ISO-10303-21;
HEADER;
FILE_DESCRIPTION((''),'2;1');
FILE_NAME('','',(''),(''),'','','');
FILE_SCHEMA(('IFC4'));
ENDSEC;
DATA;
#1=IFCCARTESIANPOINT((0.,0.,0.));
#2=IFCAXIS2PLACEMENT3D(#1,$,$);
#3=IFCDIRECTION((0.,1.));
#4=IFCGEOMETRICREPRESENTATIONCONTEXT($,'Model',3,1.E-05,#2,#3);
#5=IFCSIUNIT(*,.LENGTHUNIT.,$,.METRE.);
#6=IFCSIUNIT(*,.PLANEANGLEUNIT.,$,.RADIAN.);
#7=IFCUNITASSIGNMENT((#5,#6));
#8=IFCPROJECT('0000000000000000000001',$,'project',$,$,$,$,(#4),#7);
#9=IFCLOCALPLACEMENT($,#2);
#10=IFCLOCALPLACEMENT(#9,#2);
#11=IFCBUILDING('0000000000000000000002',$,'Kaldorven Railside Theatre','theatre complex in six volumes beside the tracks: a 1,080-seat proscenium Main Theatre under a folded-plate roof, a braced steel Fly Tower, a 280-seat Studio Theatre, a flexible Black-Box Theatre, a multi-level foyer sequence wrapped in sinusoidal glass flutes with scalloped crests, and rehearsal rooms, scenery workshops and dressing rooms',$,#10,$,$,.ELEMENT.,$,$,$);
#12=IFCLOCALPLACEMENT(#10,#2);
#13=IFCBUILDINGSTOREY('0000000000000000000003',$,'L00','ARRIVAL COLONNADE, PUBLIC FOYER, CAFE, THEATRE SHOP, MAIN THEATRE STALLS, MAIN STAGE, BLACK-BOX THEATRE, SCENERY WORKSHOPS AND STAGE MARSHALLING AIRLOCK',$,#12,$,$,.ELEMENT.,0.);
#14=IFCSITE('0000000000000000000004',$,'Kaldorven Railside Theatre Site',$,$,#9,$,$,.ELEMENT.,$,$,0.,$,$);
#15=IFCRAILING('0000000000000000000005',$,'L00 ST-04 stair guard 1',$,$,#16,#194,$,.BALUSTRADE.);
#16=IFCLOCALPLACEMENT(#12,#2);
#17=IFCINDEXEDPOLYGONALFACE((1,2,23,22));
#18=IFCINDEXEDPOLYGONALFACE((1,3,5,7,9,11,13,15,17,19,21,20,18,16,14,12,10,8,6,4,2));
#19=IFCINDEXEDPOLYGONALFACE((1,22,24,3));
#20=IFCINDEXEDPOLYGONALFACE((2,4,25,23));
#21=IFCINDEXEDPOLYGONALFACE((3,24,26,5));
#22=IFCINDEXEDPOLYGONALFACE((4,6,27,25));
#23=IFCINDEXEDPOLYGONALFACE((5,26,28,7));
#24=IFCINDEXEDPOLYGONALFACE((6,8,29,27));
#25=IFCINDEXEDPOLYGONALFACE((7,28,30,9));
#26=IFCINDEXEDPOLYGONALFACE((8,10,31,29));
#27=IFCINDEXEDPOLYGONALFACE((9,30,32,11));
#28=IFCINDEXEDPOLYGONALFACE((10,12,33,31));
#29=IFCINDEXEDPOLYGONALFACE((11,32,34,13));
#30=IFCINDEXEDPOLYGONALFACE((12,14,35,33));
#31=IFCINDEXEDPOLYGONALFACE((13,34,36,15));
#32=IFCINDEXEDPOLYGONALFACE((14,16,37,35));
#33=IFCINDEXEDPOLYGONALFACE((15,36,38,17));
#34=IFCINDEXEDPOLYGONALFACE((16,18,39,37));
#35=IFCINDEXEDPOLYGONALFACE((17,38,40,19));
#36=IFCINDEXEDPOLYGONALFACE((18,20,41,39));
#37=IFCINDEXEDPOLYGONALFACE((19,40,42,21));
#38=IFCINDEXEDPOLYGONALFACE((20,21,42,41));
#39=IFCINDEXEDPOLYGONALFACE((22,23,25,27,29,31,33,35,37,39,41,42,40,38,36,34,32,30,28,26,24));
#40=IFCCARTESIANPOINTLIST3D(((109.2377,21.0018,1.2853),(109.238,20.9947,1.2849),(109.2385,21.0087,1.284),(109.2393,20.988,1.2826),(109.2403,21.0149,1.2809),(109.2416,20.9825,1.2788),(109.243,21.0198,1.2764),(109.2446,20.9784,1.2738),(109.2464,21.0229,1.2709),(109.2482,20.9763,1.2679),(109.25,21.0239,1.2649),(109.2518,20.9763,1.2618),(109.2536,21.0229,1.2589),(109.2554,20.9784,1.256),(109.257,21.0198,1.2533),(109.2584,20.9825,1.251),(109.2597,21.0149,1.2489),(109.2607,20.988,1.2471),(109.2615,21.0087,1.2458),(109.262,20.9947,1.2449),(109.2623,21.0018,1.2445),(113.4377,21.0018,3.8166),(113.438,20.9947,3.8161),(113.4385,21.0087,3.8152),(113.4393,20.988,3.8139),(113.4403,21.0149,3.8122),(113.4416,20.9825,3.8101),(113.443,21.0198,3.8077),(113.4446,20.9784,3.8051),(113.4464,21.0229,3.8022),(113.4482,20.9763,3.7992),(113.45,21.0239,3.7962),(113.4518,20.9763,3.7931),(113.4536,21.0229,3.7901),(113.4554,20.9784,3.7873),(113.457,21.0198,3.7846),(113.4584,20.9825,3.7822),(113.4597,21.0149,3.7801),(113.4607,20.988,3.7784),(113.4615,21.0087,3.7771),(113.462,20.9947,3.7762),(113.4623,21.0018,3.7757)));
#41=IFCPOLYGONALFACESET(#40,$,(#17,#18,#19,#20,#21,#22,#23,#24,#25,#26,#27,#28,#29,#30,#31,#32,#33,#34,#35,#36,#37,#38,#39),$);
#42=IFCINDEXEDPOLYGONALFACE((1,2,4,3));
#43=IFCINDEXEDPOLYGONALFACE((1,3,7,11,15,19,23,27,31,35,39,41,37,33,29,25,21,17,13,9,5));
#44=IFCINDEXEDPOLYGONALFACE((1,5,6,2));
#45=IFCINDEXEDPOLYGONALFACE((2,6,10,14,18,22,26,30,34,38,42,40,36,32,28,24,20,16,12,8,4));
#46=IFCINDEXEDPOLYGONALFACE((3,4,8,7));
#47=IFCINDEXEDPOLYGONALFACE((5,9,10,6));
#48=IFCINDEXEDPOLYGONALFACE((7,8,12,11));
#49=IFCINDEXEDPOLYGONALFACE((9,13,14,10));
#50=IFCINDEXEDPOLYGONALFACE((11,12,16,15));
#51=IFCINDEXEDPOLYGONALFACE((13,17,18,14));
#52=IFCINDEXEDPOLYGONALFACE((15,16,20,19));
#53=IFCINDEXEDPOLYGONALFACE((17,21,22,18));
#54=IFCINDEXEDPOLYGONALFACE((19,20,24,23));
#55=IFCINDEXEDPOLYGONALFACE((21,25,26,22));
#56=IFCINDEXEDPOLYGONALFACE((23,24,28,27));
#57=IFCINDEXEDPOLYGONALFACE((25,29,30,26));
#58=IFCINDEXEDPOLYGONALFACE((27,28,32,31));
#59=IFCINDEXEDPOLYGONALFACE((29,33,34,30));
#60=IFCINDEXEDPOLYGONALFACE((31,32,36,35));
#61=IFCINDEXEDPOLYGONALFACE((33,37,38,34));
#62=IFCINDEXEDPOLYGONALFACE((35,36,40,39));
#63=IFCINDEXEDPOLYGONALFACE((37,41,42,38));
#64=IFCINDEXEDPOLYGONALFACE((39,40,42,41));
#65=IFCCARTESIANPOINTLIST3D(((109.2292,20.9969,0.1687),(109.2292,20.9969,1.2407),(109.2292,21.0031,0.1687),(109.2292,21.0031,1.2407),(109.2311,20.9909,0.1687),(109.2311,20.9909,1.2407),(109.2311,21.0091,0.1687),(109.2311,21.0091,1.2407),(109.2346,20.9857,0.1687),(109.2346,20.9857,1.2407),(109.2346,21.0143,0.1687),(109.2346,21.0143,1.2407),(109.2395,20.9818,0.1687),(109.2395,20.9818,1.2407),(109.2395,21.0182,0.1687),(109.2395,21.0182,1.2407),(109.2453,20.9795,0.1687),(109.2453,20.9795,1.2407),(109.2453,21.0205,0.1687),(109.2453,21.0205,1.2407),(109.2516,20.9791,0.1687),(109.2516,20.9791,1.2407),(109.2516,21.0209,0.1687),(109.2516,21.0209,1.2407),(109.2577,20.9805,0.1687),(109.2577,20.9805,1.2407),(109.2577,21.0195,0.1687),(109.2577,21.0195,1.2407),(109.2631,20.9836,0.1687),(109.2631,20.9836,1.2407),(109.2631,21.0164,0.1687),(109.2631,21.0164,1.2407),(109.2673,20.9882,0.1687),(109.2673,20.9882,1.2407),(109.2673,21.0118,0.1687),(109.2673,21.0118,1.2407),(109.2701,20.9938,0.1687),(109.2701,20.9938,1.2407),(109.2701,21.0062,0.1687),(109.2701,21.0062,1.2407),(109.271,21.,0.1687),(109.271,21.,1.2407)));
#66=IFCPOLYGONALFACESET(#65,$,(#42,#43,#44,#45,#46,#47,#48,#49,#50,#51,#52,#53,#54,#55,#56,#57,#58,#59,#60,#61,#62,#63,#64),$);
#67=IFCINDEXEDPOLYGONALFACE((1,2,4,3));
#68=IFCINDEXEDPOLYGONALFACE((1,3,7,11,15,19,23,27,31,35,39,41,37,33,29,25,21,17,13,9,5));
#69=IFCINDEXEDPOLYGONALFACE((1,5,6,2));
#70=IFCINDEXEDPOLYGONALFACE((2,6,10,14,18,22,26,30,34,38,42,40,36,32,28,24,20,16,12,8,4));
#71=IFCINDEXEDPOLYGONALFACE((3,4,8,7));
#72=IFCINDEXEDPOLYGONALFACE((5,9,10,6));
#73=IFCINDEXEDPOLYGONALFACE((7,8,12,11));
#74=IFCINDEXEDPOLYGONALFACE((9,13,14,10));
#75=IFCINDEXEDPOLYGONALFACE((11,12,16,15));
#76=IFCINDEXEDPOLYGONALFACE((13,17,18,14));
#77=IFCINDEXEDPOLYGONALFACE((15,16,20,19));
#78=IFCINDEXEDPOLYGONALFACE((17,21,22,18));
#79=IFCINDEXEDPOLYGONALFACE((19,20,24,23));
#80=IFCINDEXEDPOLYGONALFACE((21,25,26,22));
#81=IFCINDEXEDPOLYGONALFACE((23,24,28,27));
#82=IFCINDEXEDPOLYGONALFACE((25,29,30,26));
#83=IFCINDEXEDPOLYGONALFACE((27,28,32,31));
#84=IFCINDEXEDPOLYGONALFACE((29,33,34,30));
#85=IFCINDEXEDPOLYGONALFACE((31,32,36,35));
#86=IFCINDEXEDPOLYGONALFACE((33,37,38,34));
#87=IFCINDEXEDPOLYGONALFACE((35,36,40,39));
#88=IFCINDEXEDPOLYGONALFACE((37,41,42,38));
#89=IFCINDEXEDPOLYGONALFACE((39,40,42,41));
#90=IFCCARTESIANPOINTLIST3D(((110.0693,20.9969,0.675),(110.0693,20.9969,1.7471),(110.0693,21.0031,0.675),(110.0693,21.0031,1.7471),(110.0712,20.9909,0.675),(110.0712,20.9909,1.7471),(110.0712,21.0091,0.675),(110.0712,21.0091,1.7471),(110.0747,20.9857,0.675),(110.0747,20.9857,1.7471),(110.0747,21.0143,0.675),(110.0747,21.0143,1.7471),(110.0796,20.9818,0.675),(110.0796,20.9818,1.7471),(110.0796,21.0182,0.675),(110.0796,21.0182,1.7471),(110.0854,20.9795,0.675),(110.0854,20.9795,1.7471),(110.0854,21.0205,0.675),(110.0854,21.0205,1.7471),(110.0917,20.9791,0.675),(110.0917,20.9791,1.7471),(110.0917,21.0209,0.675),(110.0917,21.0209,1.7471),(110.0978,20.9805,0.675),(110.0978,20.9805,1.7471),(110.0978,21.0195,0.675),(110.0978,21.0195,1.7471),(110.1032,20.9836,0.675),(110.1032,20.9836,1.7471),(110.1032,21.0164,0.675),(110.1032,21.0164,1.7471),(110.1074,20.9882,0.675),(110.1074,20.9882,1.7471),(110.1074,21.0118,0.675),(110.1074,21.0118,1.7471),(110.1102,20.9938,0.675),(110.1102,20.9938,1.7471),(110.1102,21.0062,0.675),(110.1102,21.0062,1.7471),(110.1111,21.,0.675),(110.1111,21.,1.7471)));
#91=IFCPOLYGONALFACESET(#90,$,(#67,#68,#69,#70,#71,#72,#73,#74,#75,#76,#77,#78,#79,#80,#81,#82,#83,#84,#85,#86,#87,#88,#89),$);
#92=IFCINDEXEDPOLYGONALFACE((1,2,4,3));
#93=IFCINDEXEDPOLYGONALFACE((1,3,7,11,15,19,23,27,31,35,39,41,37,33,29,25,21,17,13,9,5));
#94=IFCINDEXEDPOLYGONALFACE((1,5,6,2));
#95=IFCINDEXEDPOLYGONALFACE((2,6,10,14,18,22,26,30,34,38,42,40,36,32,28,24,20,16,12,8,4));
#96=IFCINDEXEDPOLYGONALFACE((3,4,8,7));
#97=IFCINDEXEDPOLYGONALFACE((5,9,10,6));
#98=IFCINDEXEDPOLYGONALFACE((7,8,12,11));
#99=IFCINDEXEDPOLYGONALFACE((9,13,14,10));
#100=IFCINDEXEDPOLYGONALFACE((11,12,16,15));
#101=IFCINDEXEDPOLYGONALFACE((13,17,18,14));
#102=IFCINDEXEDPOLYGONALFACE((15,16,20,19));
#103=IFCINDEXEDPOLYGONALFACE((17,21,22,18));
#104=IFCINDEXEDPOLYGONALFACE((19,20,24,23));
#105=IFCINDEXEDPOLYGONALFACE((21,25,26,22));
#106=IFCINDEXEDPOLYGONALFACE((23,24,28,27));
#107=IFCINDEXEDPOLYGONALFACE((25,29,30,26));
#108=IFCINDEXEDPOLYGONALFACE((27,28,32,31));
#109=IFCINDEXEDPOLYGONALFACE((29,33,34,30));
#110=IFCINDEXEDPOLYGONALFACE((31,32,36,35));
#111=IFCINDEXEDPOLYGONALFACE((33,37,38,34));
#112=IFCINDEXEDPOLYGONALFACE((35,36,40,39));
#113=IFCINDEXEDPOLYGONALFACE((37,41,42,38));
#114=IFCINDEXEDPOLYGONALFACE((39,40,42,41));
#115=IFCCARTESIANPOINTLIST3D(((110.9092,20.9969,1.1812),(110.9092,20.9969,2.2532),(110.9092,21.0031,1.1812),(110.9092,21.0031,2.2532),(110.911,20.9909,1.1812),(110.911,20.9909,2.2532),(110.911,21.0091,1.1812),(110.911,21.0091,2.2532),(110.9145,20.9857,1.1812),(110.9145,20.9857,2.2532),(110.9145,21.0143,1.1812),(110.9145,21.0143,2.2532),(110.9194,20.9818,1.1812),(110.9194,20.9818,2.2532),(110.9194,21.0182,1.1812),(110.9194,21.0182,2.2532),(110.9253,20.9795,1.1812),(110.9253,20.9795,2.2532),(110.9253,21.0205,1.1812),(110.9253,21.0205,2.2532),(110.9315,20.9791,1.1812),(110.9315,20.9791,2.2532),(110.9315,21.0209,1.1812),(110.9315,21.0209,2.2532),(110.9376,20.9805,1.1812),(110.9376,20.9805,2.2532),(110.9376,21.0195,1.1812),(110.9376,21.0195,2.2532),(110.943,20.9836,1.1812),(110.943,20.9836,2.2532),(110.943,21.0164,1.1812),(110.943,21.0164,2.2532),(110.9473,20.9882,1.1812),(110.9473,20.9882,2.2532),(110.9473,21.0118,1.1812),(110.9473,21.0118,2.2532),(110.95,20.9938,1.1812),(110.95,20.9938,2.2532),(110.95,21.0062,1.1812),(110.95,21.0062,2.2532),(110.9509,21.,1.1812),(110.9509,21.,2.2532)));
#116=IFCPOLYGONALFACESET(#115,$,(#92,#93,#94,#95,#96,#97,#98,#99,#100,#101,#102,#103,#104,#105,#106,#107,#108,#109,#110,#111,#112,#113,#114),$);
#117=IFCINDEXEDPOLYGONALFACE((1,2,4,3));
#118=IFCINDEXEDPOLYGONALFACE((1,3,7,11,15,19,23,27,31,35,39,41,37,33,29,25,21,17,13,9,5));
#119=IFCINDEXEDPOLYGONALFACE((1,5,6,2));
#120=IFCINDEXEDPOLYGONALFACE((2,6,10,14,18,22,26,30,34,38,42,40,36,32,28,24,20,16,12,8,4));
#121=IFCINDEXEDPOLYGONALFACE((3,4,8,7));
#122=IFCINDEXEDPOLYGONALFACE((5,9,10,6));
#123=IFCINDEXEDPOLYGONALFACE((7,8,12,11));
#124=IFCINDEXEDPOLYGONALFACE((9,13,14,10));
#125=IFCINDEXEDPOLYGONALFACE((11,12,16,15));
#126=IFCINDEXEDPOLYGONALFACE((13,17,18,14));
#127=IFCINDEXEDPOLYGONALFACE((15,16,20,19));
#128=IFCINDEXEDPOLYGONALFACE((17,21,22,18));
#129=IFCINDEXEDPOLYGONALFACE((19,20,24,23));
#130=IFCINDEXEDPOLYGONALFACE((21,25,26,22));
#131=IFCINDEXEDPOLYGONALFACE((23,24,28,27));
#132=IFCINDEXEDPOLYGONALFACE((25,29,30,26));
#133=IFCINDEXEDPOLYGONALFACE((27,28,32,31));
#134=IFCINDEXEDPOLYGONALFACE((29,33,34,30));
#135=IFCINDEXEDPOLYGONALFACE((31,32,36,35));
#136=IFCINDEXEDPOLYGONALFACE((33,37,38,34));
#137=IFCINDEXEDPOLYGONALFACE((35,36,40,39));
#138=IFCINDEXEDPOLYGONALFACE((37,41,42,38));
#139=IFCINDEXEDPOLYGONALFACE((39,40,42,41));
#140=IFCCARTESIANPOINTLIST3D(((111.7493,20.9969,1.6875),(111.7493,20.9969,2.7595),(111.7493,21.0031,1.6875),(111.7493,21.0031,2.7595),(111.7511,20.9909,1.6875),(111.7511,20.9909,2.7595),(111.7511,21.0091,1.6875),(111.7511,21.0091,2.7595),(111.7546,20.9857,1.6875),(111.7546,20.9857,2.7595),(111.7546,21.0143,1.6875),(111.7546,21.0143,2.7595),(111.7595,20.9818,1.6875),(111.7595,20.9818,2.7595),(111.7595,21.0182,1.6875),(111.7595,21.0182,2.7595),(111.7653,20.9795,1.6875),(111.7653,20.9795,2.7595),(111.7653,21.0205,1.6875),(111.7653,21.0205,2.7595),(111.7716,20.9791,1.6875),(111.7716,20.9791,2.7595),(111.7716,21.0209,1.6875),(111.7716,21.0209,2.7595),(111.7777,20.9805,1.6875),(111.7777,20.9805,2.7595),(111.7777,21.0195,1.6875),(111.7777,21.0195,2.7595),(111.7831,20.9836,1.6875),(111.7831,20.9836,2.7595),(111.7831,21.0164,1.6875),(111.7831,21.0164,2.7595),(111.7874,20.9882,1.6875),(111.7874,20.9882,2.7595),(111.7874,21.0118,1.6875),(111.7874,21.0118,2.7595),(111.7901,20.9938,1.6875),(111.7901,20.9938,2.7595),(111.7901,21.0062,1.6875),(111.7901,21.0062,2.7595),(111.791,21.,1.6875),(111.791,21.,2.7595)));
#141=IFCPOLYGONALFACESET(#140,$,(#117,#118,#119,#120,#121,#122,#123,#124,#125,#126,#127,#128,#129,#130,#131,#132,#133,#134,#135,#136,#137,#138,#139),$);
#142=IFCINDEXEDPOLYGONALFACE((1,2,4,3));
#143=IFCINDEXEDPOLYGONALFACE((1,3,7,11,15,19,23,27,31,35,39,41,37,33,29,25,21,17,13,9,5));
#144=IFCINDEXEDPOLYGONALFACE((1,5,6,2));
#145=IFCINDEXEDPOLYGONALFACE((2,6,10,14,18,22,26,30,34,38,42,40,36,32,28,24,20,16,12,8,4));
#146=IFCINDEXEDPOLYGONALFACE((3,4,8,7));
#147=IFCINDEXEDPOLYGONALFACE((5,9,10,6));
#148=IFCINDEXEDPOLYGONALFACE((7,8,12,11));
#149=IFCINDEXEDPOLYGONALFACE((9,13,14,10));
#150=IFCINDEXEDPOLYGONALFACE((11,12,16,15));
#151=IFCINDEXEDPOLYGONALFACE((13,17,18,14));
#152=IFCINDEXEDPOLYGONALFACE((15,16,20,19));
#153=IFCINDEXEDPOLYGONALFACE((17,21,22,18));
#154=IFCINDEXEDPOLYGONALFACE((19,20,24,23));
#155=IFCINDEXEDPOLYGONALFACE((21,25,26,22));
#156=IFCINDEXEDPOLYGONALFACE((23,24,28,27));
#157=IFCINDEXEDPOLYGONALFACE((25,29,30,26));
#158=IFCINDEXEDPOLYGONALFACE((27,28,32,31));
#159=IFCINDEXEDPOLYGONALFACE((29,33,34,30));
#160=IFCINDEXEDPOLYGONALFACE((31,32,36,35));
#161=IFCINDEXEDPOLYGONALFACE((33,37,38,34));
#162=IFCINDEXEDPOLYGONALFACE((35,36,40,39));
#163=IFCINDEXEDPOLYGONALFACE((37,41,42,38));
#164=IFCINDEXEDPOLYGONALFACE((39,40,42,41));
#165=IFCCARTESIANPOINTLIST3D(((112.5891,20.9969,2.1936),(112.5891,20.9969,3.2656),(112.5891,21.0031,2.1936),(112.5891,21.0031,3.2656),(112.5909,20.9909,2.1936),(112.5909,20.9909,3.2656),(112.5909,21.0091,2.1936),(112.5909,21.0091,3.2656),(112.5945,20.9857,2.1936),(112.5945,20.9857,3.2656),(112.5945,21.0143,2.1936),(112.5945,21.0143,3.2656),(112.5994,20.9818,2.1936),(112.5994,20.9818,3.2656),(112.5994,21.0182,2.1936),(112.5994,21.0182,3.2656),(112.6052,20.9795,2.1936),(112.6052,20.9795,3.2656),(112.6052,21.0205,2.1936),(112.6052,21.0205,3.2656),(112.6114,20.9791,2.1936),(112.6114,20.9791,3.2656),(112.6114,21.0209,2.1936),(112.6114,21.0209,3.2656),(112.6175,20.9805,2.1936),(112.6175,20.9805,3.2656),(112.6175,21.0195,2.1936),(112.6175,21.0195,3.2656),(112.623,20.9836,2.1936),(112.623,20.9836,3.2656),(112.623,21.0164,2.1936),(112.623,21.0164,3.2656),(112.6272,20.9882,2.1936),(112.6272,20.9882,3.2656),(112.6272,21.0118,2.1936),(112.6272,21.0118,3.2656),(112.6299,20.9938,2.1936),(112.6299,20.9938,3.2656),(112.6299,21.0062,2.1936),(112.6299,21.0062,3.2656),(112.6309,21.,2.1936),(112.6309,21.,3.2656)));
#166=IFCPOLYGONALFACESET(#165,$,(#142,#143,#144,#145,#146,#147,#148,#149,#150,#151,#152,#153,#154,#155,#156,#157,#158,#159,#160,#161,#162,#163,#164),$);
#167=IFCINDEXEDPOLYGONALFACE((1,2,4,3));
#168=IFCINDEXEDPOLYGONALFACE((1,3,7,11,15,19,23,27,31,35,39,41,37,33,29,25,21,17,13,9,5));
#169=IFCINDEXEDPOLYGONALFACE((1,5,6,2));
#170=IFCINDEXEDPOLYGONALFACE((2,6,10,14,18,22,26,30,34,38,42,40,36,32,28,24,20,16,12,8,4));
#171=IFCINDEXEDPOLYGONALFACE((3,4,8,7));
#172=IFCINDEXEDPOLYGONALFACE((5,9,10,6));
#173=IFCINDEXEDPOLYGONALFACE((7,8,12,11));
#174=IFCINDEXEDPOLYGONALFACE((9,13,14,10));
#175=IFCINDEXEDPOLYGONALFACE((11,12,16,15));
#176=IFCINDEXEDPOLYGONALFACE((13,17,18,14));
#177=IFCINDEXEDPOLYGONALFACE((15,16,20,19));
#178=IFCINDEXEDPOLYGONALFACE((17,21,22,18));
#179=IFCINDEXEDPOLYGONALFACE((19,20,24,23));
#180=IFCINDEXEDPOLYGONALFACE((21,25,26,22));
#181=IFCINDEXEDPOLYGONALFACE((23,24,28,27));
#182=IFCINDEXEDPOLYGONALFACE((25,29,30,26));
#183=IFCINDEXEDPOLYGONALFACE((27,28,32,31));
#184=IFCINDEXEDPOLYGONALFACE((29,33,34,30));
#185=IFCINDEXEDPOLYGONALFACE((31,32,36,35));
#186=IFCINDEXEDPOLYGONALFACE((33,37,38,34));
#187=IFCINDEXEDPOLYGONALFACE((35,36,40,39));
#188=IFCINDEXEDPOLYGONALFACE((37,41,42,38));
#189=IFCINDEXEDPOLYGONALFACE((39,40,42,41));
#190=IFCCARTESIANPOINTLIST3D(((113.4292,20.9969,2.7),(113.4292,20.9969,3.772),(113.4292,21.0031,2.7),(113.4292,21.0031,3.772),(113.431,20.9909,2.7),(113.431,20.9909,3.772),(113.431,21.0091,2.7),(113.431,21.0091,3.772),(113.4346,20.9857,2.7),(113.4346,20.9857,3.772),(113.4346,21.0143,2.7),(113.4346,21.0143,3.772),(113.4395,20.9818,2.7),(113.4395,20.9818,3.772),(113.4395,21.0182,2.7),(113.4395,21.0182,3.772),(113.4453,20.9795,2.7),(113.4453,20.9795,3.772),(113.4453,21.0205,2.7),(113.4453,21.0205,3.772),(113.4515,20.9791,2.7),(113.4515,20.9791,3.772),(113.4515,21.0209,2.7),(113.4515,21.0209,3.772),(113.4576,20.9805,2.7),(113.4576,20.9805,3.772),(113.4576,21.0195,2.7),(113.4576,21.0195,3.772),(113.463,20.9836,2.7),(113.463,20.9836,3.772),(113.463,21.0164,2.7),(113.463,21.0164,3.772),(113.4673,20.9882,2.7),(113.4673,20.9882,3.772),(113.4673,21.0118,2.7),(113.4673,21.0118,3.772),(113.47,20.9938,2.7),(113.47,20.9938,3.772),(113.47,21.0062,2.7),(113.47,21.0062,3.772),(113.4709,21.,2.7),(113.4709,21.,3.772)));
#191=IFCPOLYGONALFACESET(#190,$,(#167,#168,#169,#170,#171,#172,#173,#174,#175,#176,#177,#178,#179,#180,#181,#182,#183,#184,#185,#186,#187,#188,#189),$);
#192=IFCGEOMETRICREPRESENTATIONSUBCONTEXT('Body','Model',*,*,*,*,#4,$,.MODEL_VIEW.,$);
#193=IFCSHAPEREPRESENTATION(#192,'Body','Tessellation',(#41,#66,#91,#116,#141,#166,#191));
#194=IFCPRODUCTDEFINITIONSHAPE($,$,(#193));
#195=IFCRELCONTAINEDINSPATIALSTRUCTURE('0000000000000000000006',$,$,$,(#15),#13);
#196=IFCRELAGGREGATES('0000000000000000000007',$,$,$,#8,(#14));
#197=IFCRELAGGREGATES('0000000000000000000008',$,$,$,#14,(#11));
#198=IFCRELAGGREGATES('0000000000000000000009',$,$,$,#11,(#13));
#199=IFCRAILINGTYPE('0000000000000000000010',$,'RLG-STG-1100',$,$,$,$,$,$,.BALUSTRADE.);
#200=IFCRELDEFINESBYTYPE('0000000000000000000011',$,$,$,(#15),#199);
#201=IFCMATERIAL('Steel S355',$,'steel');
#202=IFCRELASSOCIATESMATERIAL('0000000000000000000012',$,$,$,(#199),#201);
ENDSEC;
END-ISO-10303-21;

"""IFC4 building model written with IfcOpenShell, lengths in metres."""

from ifc_helpers import new_model, si_unit, direction, frame, origin, origin_2d, place, context, subcontext, project, spatial, circle, extrude, material, type_object, element, save


model = new_model("IFC4")

# Units and contexts
model_context = context("Model", 3, precision=1e-05, world=origin(), true_north=direction((0.0, 1.0)))
body_context = subcontext(model_context, "Body", "Model", "MODEL_VIEW")
ifc_project = project(units=[si_unit("LENGTHUNIT", "METRE"), si_unit("PLANEANGLEUNIT", "RADIAN")], contexts=[model_context])

# Site, building, storey
site_placement = place(None, origin())
site = spatial("IfcSite", under=ifc_project, at=site_placement, Name="Kaldorven Railside Theatre Site", CompositionType="ELEMENT", RefElevation=0.0)
building_placement = place(site_placement, origin())
building = spatial("IfcBuilding", under=site, at=building_placement, Name="Kaldorven Railside Theatre", Description="theatre complex in six volumes beside the tracks: a 1,080-seat proscenium Main Theatre under a folded-plate roof, a braced steel Fly Tower, a 280-seat Studio Theatre, a flexible Black-Box Theatre, a multi-level foyer sequence wrapped in sinusoidal glass flutes with scalloped crests, and rehearsal rooms, scenery workshops and dressing rooms", CompositionType="ELEMENT")
storey_placement = place(building_placement, origin())
storey = spatial("IfcBuildingStorey", under=building, at=storey_placement, Name="L00", Description="ARRIVAL COLONNADE, PUBLIC FOYER, CAFE, THEATRE SHOP, MAIN THEATRE STALLS, MAIN STAGE, BLACK-BOX THEATRE, SCENERY WORKSHOPS AND STAGE MARSHALLING AIRLOCK", CompositionType="ELEMENT", Elevation=0.0)

# Shared definitions
ifc_material_1 = material(Name="Steel S355", Category="steel")

# Railing
railing_type_1 = type_object("IfcRailingType", Name="RLG-STG-1100", PredefinedType="BALUSTRADE", material=ifc_material_1)
railing_1_placement = place(storey_placement, frame((109.25, 21.0, 0.1687)))
element("IfcRailing", 1, at=railing_1_placement, inside=storey, type_object=railing_type_1, Name="L00 ST-04 stair guard 1", PredefinedType="BALUSTRADE", context=body_context, shape_type="SweptSolid", body=[
    extrude(circle(Radius=0.0239, at=origin_2d()), frame((0.0, 0.0, 1.0962), z_axis=(0.856476, 0.0, 0.516186), x_axis=(0.0, 1.0, 0.0)), (0.0, 0.0, 1.0), 4.9038),
    extrude(circle(Radius=0.021, at=origin_2d()), origin(), (0.0, 0.0, 1.0), 1.072),
    extrude(circle(Radius=0.021, at=origin_2d()), frame((0.8401, 0.0, 0.5063)), (0.0, 0.0, 1.0), 1.072),
    extrude(circle(Radius=0.021, at=origin_2d()), frame((1.6799, 0.0, 1.0125)), (0.0, 0.0, 1.0), 1.072),
    extrude(circle(Radius=0.021, at=origin_2d()), frame((2.52, 0.0, 1.5188)), (0.0, 0.0, 1.0), 1.072),
    extrude(circle(Radius=0.021, at=origin_2d()), frame((3.3599, 0.0, 2.0249)), (0.0, 0.0, 1.0), 1.072),
    extrude(circle(Radius=0.021, at=origin_2d()), frame((4.2, 0.0, 2.5312)), (0.0, 0.0, 1.0), 1.072),
])

save(model, "model.ifc")
